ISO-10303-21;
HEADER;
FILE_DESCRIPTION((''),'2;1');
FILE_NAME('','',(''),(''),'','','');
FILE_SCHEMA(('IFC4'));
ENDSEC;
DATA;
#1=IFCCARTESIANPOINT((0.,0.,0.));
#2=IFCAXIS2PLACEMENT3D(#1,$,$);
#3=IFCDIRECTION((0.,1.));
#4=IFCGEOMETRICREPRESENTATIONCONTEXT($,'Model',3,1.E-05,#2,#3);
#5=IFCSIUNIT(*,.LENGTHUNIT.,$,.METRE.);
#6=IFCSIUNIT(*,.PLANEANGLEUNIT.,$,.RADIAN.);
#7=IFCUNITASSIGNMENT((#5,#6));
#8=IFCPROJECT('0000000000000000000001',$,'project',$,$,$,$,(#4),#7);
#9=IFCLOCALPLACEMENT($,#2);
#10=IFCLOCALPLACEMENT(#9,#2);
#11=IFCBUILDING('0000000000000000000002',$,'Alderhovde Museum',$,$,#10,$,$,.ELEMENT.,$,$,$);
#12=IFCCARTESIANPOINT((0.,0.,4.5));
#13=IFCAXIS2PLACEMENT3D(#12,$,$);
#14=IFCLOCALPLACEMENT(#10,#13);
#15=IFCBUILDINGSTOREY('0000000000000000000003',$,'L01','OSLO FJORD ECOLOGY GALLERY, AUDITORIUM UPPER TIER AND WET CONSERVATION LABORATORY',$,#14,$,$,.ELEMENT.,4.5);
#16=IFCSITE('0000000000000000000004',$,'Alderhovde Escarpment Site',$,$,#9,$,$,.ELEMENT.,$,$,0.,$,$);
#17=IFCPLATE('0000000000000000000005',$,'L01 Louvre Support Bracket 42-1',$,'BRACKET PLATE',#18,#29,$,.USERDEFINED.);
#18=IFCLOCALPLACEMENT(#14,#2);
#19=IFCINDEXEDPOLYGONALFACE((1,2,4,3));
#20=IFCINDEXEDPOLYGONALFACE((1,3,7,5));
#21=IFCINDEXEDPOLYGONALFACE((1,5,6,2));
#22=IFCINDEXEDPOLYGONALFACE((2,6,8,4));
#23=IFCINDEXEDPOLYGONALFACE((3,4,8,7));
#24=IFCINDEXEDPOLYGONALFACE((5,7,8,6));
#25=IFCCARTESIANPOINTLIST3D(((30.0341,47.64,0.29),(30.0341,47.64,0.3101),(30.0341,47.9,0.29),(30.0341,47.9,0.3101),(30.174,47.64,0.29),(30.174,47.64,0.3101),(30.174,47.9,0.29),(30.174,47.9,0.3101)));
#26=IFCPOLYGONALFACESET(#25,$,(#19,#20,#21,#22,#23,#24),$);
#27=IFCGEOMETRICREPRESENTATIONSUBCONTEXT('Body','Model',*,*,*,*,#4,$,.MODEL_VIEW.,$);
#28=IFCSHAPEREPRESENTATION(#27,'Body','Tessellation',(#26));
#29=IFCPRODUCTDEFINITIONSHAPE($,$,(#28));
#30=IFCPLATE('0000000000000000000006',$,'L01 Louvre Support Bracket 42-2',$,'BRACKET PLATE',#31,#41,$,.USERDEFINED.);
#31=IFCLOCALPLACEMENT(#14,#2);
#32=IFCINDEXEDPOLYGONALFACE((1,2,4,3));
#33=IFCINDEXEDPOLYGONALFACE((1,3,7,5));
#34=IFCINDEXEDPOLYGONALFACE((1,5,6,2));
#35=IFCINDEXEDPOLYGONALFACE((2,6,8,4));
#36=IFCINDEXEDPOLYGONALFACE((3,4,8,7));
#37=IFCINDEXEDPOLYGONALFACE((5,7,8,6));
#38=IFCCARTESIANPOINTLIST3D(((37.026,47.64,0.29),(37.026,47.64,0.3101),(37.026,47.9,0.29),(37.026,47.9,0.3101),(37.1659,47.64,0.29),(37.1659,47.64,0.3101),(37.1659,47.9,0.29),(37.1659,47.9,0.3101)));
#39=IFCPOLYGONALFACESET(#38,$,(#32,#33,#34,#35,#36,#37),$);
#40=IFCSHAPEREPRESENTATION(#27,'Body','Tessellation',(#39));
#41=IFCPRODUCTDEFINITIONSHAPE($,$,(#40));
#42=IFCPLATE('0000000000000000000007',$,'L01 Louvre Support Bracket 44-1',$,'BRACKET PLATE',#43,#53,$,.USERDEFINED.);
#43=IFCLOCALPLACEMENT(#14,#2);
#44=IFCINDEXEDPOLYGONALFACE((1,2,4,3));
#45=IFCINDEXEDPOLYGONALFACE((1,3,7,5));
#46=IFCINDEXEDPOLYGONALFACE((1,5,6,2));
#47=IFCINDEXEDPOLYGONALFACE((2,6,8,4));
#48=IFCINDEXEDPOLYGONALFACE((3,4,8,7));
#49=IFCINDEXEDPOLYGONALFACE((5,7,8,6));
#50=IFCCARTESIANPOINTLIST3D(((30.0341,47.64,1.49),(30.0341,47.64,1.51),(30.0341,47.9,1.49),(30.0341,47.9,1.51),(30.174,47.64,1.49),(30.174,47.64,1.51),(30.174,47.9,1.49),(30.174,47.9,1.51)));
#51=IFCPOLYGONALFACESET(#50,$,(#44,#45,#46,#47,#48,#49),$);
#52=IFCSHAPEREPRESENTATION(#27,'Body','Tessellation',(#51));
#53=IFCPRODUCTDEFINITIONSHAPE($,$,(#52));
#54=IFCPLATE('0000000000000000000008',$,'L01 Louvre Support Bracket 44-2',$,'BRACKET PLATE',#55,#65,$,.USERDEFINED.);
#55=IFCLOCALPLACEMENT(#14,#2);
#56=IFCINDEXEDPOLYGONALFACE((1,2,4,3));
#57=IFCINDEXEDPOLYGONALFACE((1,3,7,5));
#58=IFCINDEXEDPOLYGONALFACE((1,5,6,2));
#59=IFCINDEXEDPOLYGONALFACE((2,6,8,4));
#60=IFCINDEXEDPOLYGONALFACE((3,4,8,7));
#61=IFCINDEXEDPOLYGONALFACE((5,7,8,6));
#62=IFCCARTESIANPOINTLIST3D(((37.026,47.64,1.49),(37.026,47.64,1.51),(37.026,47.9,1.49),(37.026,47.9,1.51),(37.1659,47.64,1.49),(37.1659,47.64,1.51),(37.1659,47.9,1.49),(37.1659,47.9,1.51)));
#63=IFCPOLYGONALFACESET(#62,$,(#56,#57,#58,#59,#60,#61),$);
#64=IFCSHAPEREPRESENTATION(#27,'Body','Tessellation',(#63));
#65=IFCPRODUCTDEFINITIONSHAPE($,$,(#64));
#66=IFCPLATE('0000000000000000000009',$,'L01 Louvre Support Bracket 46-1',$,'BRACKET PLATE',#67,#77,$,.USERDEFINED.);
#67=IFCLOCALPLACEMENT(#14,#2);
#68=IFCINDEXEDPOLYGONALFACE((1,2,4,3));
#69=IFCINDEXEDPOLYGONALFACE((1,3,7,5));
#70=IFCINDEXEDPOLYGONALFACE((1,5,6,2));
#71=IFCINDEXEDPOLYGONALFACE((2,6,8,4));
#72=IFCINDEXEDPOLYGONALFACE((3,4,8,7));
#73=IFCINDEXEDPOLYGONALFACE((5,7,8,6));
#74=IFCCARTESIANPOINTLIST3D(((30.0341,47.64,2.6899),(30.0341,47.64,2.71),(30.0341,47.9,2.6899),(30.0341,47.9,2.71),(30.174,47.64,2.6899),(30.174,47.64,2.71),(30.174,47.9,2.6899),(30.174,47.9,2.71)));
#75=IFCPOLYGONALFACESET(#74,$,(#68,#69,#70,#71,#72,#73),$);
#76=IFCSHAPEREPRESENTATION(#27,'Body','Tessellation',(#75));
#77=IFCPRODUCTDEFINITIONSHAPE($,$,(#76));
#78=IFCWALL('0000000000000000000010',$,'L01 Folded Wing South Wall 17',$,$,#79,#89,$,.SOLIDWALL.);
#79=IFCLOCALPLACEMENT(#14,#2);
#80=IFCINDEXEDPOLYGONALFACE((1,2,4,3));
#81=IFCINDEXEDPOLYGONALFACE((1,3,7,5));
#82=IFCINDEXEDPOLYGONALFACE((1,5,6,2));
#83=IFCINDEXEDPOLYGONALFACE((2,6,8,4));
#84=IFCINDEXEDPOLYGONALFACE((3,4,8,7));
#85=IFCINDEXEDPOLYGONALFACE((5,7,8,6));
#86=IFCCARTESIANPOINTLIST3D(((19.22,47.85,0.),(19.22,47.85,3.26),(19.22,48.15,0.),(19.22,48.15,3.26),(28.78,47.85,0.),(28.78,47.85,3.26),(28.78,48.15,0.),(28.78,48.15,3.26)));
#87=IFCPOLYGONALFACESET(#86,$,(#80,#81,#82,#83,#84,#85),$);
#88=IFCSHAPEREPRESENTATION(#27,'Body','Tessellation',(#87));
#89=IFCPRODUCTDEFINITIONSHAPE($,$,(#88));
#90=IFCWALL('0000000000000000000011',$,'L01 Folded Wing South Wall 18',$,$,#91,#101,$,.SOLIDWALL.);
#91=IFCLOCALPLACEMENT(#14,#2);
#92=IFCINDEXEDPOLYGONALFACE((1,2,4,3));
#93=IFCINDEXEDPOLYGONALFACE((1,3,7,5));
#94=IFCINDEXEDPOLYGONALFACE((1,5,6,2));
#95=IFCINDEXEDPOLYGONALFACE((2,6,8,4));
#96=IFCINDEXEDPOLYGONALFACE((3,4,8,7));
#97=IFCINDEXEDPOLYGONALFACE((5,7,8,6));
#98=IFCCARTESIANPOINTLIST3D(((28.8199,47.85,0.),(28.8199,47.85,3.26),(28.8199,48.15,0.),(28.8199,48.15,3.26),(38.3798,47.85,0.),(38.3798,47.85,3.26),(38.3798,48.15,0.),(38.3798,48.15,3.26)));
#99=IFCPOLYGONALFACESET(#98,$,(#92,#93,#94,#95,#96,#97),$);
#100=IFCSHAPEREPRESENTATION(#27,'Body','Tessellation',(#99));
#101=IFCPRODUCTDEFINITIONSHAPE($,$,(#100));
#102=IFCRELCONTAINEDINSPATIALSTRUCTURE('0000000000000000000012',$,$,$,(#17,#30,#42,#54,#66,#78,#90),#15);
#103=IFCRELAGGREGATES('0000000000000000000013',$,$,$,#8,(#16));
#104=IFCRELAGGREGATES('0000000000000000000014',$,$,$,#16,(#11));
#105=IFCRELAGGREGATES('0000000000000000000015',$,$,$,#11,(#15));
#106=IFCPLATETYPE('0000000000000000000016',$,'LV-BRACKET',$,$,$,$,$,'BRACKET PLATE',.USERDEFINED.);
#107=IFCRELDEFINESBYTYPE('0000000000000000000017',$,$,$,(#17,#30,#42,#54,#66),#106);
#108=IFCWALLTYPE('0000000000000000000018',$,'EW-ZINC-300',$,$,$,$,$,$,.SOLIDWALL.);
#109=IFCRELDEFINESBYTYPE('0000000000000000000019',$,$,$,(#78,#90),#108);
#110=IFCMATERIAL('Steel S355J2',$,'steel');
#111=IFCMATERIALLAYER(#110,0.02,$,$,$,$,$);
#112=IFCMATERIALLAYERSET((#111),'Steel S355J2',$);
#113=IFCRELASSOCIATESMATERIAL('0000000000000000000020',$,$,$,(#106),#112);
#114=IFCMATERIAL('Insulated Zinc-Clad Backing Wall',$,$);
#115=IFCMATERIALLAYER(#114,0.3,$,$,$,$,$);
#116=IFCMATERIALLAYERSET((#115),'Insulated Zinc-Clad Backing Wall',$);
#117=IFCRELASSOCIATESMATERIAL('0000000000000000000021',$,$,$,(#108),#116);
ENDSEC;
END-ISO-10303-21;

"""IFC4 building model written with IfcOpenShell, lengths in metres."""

from ifc_helpers import new_model, si_unit, direction, frame, frame_2d, origin, origin_2d, place, context, subcontext, project, spatial, rectangle, extrude, material, layer, layer_set, type_object, element, save


model = new_model("IFC4")

# Units and contexts
model_context = context("Model", 3, precision=1e-05, world=origin(), true_north=direction((0.0, 1.0)))
body_context = subcontext(model_context, "Body", "Model", "MODEL_VIEW")
ifc_project = project(units=[si_unit("LENGTHUNIT", "METRE"), si_unit("PLANEANGLEUNIT", "RADIAN")], contexts=[model_context])

# Site, building, storey
site_placement = place(None, origin())
site = spatial("IfcSite", under=ifc_project, at=site_placement, Name="Alderhovde Escarpment Site", CompositionType="ELEMENT", RefElevation=0.0)
building_placement = place(site_placement, origin())
building = spatial("IfcBuilding", under=site, at=building_placement, Name="Alderhovde Museum", CompositionType="ELEMENT")
storey_placement = place(building_placement, frame((0.0, 0.0, 4.5)))
storey = spatial("IfcBuildingStorey", under=building, at=storey_placement, Name="L01", Description="OSLO FJORD ECOLOGY GALLERY, AUDITORIUM UPPER TIER AND WET CONSERVATION LABORATORY", CompositionType="ELEMENT", Elevation=4.5)

# Plates
ifc_material_1 = material(Name="Steel S355J2", Category="steel")
ifc_layer_1 = layer(ifc_material_1, 0.02)
ifc_layer_set_1 = layer_set([ifc_layer_1], Name="Steel S355J2")
plate_type_1 = type_object("IfcPlateType", Name="LV-BRACKET", ElementType="BRACKET PLATE", PredefinedType="USERDEFINED", material=ifc_layer_set_1)
for number, where, z_axis, x_axis, name in (
    (1, (30.104, 47.77, 0.29), (0.0, 0.0, 1.0), (1.0, 0.0, 0.0), "L01 Louvre Support Bracket 42-1"),
    (2, (37.0959, 47.77, 0.29), (0.0, 0.0, 1.0), (1.0, 0.0, 0.0), "L01 Louvre Support Bracket 42-2"),
    (3, (30.104, 47.77, 1.49), (0.0, 0.0, 1.0), (1.0, 0.0, 0.0), "L01 Louvre Support Bracket 44-1"),
    (4, (37.0959, 47.77, 1.49), (0.0, 0.0, 1.0), (1.0, 0.0, 0.0), "L01 Louvre Support Bracket 44-2"),
    (5, (30.104, 47.77, 2.6899), (0.0, 0.0, 1.0), (1.0, 0.0, 0.0), "L01 Louvre Support Bracket 46-1"),
):
    element("IfcPlate", number, at=place(storey_placement, frame(where, z_axis=z_axis, x_axis=x_axis)), inside=storey, type_object=plate_type_1, Name=name, ObjectType="BRACKET PLATE", PredefinedType="USERDEFINED", context=body_context, shape_type="SweptSolid", body=[
        extrude(rectangle(XDim=0.1399, YDim=0.26, at=origin_2d()), origin(), (0.0, 0.0, 1.0), 0.02),
    ])

# Walls
ifc_material_2 = material(Name="Insulated Zinc-Clad Backing Wall")
ifc_layer_2 = layer(ifc_material_2, 0.3)
ifc_layer_set_2 = layer_set([ifc_layer_2], Name="Insulated Zinc-Clad Backing Wall")
wall_type = type_object("IfcWallType", Name="EW-ZINC-300", PredefinedType="SOLIDWALL", material=ifc_layer_set_2)
wall_1_placement = place(storey_placement, frame((19.22, 48.0, 0.0), z_axis=(0.0, 0.0, 1.0), x_axis=(1.0, 0.0, 0.0)))
element("IfcWall", 6, at=wall_1_placement, inside=storey, type_object=wall_type, Name="L01 Folded Wing South Wall 17", PredefinedType="SOLIDWALL", context=body_context, shape_type="SweptSolid", body=[
    extrude(rectangle(XDim=9.5601, YDim=0.3, at=frame_2d((4.78, 0.0))), origin(), (0.0, 0.0, 1.0), 3.26),
])
wall_2_placement = place(storey_placement, frame((28.8201, 48.0, 0.0), z_axis=(0.0, 0.0, 1.0), x_axis=(1.0, 0.0, 0.0)))
element("IfcWall", 7, at=wall_2_placement, inside=storey, type_object=wall_type, Name="L01 Folded Wing South Wall 18", PredefinedType="SOLIDWALL", context=body_context, shape_type="SweptSolid", body=[
    extrude(rectangle(XDim=9.5598, YDim=0.3, at=frame_2d((4.7798, 0.0))), origin(), (0.0, 0.0, 1.0), 3.26),
])

save(model, "model.ifc")
